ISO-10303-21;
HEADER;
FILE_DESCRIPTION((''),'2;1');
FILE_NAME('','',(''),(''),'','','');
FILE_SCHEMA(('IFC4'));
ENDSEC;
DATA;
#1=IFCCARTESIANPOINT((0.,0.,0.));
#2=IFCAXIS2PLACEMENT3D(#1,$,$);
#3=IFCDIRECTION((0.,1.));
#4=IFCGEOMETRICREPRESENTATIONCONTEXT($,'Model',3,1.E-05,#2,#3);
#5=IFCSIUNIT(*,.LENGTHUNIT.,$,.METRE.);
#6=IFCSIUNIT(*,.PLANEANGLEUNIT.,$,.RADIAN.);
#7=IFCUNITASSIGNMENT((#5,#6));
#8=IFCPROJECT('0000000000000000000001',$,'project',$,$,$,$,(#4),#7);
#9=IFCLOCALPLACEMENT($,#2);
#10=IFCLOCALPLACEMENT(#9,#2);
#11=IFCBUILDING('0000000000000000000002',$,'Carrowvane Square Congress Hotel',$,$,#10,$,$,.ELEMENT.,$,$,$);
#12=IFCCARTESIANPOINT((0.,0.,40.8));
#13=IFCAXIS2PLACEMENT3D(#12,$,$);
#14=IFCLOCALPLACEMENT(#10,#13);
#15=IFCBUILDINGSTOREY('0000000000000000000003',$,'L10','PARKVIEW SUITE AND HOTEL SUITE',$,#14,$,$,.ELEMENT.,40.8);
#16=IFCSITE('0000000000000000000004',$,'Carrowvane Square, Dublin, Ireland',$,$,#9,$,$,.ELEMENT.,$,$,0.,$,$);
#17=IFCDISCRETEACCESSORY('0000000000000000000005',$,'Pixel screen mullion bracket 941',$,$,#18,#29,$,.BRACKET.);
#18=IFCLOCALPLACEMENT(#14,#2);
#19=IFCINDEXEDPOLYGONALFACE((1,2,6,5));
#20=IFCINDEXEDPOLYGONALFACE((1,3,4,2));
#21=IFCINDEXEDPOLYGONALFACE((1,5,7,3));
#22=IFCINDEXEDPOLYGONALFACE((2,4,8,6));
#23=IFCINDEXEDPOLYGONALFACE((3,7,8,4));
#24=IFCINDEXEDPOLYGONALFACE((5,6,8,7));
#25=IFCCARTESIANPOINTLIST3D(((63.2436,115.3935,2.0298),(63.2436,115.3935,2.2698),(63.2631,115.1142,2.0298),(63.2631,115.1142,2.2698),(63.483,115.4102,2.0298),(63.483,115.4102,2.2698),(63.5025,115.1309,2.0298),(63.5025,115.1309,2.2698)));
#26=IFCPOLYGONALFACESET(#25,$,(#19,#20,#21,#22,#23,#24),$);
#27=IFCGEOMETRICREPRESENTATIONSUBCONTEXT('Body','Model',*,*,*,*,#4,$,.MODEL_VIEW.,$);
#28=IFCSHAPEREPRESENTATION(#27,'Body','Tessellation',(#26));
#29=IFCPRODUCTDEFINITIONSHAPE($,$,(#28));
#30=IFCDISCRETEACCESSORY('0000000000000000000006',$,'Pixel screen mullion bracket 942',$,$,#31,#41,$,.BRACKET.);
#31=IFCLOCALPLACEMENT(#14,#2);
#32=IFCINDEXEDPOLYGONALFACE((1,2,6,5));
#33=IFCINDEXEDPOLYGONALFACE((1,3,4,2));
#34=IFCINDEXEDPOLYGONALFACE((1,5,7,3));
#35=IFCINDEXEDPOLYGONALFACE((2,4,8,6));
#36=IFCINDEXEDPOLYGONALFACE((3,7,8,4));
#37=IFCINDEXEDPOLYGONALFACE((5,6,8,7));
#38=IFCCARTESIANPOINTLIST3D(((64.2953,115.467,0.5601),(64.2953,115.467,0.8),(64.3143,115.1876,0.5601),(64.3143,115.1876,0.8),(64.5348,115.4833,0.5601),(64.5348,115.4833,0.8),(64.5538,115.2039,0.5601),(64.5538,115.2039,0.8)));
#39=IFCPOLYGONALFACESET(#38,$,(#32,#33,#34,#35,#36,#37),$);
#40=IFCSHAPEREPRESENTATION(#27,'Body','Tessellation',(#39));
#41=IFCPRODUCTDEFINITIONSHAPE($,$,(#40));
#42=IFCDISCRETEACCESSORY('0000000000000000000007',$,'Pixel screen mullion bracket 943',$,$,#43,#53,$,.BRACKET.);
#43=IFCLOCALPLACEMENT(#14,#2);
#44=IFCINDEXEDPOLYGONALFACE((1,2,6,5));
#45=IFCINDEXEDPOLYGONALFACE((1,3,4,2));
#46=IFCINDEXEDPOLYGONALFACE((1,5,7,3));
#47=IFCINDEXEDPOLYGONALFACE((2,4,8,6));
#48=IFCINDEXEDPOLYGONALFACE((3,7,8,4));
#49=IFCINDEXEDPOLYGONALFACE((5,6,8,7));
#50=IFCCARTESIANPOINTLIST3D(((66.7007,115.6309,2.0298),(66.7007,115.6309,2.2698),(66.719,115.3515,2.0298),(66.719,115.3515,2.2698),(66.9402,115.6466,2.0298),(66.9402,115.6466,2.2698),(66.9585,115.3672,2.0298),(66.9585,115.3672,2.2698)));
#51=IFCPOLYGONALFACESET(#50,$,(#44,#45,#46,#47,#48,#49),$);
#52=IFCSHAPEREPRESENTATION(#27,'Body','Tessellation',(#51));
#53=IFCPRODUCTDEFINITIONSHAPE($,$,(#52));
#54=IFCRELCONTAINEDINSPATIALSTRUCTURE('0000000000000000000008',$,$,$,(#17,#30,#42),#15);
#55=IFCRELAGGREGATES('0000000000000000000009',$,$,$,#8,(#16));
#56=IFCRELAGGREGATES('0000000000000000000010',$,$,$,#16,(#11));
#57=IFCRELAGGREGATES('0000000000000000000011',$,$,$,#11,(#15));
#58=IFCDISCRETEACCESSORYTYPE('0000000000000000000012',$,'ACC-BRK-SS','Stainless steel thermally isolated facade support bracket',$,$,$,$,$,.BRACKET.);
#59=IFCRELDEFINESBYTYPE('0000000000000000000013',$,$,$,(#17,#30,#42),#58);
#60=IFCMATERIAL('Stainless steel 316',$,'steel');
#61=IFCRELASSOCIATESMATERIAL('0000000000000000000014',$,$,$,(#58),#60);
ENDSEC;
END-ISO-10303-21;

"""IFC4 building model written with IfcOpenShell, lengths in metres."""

from ifc_helpers import new_model, si_unit, direction, frame, origin, origin_2d, place, context, subcontext, project, spatial, rectangle, extrude, material, type_object, element, save


model = new_model("IFC4")

# Units and contexts
model_context = context("Model", 3, precision=1e-05, world=origin(), true_north=direction((0.0, 1.0)))
body_context = subcontext(model_context, "Body", "Model", "MODEL_VIEW")
ifc_project = project(units=[si_unit("LENGTHUNIT", "METRE"), si_unit("PLANEANGLEUNIT", "RADIAN")], contexts=[model_context])

# Site, building, storey
site_placement = place(None, origin())
site = spatial("IfcSite", under=ifc_project, at=site_placement, Name="Carrowvane Square, Dublin, Ireland", CompositionType="ELEMENT", RefElevation=0.0)
building_placement = place(site_placement, origin())
building = spatial("IfcBuilding", under=site, at=building_placement, Name="Carrowvane Square Congress Hotel", CompositionType="ELEMENT")
storey_placement = place(building_placement, frame((0.0, 0.0, 40.8)))
storey = spatial("IfcBuildingStorey", under=building, at=storey_placement, Name="L10", Description="PARKVIEW SUITE AND HOTEL SUITE", CompositionType="ELEMENT", Elevation=40.8)

# Discrete accessories
ifc_material_1 = material(Name="Stainless steel 316", Category="steel")
discrete_accessory_type = type_object("IfcDiscreteAccessoryType", Name="ACC-BRK-SS", Description="Stainless steel thermally isolated facade support bracket", PredefinedType="BRACKET", material=ifc_material_1)
for number, where, z_axis, x_axis, name in (
    (1, (63.373, 115.2622, 2.0298), (0.0, 0.0, 1.0), (0.997566, 0.069725, 0.0), "Pixel screen mullion bracket 941"),
    (2, (64.4246, 115.3354, 0.5601), (0.0, 0.0, 1.0), (0.997694, 0.067866, 0.0), "Pixel screen mullion bracket 942"),
    (3, (66.8296, 115.499, 2.0298), (0.0, 0.0, 1.0), (0.997858, 0.065413, 0.0), "Pixel screen mullion bracket 943"),
):
    element("IfcDiscreteAccessory", number, at=place(storey_placement, frame(where, z_axis=z_axis, x_axis=x_axis)), inside=storey, type_object=discrete_accessory_type, Name=name, PredefinedType="BRACKET", context=body_context, shape_type="SweptSolid", body=[
        extrude(rectangle(XDim=0.24, YDim=0.28, at=origin_2d()), origin(), (0.0, 0.0, 1.0), 0.24),
    ])

save(model, "model.ifc")
